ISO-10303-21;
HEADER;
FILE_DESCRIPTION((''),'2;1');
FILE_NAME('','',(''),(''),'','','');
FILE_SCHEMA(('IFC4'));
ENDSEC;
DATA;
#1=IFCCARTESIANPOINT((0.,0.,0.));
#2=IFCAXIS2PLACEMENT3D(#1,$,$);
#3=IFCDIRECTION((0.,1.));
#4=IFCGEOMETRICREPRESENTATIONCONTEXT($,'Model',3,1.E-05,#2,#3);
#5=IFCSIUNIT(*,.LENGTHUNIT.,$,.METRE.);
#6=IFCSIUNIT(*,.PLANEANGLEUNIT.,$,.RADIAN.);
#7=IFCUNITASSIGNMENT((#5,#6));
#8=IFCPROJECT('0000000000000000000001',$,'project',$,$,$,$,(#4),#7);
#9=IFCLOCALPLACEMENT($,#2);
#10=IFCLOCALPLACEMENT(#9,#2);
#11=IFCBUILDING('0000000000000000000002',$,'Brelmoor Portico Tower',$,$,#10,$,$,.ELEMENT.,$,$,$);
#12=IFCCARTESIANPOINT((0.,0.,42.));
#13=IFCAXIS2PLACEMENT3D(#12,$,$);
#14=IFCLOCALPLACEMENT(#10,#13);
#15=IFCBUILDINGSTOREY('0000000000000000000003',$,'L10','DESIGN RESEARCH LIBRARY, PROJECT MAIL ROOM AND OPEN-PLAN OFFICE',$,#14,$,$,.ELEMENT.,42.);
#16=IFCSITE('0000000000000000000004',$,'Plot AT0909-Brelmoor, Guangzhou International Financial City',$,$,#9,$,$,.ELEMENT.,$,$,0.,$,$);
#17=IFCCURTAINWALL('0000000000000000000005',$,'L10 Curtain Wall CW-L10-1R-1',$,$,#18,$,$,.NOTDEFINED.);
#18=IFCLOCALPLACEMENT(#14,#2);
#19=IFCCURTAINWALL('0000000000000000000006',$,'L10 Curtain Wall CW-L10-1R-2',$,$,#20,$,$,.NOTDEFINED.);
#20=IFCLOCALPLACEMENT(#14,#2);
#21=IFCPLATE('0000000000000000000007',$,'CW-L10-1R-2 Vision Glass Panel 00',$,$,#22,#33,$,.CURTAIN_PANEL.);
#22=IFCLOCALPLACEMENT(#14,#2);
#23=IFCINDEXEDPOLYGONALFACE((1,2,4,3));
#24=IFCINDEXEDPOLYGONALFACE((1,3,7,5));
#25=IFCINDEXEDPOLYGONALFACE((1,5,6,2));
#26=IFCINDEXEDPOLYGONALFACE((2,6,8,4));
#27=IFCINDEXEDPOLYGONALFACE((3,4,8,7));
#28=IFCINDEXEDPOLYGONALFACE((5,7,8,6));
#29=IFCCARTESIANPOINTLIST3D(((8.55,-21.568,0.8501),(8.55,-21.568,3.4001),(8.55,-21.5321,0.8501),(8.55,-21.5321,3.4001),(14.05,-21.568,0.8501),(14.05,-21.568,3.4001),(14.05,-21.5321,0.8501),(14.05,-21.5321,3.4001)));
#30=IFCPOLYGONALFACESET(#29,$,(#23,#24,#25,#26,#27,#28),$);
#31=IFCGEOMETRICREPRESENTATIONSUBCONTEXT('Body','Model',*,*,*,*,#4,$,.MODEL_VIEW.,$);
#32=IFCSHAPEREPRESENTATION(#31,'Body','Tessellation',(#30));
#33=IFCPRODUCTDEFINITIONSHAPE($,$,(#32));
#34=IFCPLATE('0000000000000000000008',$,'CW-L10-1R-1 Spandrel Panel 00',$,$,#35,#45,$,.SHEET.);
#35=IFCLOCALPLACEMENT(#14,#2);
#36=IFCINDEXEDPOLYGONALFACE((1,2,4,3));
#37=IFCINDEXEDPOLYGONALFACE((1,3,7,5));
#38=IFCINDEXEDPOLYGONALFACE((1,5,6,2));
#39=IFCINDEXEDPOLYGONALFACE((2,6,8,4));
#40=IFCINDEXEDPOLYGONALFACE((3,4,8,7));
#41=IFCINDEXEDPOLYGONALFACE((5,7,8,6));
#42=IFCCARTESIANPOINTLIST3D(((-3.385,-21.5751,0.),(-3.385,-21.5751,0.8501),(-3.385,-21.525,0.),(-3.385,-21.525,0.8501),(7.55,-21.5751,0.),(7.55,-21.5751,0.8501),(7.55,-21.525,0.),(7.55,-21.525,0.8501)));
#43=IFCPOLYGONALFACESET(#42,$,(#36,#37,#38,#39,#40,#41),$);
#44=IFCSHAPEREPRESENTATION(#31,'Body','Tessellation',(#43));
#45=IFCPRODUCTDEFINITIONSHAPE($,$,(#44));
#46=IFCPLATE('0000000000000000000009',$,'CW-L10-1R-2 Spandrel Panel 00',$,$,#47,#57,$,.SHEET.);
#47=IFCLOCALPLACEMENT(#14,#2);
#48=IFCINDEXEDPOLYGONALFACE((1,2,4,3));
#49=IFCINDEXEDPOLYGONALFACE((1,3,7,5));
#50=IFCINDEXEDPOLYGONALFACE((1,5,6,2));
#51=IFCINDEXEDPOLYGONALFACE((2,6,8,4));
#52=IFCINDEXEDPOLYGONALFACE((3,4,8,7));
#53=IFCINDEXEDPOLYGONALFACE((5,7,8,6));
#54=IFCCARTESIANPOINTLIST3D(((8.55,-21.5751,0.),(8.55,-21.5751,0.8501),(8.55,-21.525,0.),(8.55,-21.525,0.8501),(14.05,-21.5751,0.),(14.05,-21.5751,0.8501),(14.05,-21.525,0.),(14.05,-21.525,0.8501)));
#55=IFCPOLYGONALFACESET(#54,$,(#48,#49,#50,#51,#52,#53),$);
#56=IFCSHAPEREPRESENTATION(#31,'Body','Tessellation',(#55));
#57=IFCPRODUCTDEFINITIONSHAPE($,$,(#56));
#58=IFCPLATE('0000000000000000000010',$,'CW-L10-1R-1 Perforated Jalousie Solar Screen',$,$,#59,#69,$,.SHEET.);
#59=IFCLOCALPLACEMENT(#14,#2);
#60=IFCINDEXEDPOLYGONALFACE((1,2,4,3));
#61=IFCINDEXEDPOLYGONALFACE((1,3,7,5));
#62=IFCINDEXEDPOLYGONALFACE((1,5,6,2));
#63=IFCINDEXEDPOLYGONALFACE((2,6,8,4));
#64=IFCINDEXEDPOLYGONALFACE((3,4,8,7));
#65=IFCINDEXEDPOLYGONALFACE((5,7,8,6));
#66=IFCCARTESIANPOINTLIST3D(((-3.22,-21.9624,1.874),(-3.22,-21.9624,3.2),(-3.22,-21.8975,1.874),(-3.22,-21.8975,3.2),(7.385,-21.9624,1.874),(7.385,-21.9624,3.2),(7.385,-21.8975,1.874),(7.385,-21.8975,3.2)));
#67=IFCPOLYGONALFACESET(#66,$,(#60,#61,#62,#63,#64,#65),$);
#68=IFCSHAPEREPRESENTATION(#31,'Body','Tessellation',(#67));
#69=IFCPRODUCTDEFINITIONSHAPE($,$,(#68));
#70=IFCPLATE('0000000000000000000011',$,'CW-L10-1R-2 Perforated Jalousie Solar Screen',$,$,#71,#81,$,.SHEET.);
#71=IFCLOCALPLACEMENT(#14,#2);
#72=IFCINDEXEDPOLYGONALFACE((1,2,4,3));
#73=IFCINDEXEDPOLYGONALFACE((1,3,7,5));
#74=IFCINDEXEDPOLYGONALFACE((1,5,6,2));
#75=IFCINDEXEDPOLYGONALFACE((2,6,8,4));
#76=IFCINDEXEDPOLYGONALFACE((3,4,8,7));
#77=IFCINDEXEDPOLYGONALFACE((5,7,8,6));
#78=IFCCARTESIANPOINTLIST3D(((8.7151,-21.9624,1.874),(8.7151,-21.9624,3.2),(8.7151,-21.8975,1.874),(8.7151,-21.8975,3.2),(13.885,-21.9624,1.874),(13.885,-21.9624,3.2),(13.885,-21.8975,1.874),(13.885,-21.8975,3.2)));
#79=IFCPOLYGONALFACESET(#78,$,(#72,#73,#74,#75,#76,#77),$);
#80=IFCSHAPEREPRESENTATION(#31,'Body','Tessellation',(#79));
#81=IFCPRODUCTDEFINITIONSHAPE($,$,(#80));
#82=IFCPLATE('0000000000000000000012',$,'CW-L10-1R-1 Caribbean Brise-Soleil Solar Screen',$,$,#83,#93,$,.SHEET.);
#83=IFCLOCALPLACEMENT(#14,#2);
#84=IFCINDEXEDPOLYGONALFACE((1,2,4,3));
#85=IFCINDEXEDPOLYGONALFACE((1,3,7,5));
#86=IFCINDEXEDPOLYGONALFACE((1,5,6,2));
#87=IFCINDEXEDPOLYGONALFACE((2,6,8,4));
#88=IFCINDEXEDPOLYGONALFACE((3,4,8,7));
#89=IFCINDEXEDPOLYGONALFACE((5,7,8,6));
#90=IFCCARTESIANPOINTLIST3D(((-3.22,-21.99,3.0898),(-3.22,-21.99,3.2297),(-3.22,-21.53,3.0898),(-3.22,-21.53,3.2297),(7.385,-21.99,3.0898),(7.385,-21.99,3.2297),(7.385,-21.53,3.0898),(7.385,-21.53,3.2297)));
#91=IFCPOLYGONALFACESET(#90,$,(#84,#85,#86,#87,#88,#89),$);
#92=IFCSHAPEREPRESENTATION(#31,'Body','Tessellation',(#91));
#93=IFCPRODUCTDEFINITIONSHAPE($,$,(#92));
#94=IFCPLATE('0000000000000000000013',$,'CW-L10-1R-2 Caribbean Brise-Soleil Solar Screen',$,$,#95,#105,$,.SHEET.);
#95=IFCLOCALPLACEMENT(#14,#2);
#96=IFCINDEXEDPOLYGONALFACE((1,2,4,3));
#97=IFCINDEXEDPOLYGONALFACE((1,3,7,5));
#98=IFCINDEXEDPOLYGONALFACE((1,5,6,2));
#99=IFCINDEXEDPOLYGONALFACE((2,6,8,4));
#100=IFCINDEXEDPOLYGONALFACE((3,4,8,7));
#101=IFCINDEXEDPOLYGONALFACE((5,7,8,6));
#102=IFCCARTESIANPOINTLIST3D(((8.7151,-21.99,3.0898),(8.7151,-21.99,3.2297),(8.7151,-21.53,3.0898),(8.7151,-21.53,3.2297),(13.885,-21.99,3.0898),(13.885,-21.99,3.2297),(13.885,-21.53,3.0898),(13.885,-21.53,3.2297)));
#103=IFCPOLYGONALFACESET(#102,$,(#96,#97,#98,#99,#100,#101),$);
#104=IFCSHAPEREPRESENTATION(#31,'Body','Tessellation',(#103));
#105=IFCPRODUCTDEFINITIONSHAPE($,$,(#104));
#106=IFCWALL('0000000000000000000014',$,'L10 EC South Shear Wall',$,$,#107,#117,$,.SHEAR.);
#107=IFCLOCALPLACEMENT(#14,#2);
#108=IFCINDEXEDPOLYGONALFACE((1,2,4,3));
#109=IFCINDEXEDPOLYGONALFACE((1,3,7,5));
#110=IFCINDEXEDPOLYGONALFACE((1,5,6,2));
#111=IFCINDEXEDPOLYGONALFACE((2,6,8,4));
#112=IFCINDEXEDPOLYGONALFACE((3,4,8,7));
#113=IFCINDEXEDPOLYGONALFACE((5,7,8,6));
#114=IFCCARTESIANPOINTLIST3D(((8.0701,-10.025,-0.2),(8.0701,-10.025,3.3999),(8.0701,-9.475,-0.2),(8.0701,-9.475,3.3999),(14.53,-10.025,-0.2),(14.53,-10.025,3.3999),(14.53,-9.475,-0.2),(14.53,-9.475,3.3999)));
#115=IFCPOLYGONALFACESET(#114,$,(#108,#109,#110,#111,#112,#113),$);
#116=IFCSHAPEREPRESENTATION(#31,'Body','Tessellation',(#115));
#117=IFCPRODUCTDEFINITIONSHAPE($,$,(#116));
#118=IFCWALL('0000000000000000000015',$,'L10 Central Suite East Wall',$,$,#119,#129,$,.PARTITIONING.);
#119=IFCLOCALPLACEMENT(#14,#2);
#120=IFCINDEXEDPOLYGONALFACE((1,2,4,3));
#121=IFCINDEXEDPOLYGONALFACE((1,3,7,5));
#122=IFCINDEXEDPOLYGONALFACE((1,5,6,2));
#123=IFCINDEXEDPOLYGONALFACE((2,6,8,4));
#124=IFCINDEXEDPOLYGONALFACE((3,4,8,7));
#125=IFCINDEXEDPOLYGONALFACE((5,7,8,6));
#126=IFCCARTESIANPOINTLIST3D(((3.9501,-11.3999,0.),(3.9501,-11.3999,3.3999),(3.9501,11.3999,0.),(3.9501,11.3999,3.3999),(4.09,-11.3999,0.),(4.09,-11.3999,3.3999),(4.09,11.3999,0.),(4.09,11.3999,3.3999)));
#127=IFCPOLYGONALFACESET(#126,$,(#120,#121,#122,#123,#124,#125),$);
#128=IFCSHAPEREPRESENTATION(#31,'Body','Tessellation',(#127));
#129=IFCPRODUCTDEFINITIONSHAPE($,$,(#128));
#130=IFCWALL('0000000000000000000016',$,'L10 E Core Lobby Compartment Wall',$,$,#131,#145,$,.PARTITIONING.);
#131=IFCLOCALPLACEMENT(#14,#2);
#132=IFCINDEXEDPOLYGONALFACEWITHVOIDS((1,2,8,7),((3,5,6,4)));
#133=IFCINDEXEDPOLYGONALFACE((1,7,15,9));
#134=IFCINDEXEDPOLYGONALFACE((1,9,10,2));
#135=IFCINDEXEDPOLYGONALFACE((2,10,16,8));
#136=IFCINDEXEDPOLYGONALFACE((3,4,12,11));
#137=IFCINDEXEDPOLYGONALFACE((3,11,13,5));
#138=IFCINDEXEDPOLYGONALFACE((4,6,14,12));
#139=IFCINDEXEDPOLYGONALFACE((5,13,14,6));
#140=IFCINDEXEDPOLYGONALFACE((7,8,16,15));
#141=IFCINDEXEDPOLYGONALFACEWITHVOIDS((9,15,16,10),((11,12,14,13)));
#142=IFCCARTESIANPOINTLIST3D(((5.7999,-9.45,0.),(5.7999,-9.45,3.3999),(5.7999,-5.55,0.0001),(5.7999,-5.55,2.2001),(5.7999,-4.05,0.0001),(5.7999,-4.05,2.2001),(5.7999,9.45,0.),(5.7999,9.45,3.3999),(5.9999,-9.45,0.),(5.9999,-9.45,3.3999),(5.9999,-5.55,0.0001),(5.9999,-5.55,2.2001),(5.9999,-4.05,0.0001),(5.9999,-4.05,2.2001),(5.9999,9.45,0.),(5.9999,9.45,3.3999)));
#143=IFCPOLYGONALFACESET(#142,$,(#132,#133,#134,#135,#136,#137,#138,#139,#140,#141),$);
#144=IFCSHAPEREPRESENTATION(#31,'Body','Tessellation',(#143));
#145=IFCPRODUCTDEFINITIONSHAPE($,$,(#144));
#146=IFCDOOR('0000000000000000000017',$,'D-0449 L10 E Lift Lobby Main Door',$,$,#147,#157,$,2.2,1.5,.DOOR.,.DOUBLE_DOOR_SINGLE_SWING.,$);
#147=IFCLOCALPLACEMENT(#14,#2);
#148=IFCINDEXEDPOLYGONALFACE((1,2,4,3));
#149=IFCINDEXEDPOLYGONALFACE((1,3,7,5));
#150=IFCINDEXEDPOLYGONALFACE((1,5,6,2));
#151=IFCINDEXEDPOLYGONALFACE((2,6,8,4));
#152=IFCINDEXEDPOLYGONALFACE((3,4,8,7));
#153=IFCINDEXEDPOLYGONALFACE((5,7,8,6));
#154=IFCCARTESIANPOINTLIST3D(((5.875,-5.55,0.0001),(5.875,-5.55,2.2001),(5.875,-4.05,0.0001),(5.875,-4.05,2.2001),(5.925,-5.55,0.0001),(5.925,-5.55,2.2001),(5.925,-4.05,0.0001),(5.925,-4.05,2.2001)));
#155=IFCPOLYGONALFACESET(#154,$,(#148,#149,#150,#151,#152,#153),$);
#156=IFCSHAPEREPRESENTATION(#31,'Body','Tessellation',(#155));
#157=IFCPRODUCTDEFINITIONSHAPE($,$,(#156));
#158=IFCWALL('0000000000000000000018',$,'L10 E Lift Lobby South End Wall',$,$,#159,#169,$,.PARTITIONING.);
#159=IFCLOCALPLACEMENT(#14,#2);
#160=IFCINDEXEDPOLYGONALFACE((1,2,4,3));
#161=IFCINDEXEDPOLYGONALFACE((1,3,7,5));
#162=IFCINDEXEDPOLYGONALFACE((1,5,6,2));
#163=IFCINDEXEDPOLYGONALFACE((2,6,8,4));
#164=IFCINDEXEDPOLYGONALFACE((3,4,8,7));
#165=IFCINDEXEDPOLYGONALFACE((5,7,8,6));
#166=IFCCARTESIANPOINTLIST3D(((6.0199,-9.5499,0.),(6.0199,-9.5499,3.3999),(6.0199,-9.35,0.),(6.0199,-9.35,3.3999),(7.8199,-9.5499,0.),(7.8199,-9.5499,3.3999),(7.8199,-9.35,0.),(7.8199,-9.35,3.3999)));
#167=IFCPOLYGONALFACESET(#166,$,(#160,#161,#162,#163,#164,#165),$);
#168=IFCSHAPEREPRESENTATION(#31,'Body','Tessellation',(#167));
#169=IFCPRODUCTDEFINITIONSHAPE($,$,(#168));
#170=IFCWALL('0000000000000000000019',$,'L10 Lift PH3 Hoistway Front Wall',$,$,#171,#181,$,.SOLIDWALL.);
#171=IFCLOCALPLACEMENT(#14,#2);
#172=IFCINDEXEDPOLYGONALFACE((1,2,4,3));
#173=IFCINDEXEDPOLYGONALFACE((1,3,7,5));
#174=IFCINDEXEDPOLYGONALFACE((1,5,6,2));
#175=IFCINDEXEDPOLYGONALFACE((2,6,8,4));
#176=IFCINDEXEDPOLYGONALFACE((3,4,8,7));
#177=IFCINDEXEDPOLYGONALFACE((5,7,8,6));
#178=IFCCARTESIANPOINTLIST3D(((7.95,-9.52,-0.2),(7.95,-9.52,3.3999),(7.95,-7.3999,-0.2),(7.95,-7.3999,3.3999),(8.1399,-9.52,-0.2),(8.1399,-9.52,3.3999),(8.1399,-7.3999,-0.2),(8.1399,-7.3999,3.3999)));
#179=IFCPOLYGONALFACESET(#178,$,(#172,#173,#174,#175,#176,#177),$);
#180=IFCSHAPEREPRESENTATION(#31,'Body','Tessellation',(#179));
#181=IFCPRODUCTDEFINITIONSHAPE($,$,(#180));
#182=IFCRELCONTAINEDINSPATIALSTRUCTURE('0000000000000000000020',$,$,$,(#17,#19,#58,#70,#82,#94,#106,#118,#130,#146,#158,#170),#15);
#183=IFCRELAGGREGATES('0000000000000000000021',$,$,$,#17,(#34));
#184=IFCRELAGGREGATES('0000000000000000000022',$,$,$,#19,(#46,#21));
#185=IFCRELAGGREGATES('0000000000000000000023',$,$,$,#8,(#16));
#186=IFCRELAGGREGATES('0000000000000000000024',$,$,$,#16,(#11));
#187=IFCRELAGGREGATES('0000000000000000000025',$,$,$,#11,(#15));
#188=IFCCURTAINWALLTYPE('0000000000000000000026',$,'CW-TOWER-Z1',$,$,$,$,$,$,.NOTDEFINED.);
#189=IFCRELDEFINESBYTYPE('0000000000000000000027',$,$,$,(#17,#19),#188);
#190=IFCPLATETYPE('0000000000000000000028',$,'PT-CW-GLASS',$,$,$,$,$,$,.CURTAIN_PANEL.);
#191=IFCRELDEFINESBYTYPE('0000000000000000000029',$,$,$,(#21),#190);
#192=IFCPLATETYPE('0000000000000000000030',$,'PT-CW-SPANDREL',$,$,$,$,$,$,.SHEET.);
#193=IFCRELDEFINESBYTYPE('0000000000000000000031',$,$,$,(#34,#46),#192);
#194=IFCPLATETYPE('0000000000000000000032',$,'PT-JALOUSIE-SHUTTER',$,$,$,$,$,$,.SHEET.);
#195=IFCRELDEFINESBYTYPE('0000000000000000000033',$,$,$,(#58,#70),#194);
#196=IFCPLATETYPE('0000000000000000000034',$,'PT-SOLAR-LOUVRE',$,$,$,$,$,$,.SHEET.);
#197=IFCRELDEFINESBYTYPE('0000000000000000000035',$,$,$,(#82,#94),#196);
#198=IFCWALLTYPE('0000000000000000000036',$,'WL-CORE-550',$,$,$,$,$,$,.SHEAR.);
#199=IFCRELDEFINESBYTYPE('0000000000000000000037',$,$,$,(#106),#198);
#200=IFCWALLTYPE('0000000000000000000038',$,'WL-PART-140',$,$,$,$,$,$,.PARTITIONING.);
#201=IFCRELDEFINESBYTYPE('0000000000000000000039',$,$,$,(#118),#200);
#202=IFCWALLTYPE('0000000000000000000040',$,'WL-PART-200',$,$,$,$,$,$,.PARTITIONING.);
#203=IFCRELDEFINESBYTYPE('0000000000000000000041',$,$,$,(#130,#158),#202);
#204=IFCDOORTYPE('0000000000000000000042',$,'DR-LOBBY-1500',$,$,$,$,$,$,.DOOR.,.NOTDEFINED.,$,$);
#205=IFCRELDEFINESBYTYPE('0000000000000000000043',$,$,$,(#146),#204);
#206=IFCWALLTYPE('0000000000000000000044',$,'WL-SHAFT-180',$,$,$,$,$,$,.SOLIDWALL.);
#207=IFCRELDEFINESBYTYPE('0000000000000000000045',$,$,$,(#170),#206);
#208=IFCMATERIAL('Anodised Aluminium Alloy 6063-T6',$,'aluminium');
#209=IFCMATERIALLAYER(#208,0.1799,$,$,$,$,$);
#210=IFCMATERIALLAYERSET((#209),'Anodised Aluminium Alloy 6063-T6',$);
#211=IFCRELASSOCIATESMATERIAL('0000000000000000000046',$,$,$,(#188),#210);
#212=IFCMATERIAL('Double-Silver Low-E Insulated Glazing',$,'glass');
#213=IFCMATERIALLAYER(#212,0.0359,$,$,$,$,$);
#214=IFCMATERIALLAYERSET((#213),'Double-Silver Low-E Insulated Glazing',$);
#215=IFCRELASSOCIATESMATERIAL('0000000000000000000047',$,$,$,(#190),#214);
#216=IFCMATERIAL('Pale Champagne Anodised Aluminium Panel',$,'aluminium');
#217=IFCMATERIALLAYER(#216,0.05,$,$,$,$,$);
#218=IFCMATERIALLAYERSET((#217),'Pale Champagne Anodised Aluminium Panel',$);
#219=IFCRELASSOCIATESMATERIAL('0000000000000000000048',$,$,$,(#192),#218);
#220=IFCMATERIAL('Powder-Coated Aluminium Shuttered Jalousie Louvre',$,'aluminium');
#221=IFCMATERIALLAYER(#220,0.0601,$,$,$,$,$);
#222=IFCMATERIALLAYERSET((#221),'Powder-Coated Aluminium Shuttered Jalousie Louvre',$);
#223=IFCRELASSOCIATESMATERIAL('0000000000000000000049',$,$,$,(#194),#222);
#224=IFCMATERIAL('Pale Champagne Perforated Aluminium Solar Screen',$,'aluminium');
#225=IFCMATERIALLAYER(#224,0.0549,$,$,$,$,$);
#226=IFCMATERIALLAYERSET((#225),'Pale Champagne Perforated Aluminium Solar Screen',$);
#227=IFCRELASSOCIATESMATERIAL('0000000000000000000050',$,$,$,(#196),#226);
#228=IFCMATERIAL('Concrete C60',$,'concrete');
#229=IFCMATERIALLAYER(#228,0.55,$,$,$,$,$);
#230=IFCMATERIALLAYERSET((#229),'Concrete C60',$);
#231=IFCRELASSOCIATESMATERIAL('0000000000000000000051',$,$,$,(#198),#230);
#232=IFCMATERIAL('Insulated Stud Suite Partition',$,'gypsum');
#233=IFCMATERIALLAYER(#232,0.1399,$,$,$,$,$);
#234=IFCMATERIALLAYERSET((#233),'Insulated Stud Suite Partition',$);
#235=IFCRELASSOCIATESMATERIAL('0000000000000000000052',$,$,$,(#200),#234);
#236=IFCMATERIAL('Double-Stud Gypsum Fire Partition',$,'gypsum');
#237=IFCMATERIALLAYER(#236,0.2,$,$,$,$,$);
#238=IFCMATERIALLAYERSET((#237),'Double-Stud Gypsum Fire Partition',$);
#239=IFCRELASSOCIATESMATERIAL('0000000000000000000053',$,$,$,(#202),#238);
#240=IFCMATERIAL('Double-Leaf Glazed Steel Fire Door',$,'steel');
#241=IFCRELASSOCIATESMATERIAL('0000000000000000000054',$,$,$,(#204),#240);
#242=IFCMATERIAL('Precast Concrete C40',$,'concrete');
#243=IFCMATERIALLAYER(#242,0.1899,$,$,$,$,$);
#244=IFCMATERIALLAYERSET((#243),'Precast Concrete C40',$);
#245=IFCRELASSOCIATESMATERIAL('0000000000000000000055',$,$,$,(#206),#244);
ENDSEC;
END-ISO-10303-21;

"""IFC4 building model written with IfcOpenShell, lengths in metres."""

from ifc_helpers import new_model, si_unit, direction, frame, frame_2d, origin, origin_2d, place, context, subcontext, project, spatial, rectangle, extrude, material, layer, layer_set, type_object, element, fill, aggregate, save


model = new_model("IFC4")

# Units and contexts
model_context = context("Model", 3, precision=1e-05, world=origin(), true_north=direction((0.0, 1.0)))
body_context = subcontext(model_context, "Body", "Model", "MODEL_VIEW")
ifc_project = project(units=[si_unit("LENGTHUNIT", "METRE"), si_unit("PLANEANGLEUNIT", "RADIAN")], contexts=[model_context])

# Site, building, storey
site_placement = place(None, origin())
site = spatial("IfcSite", under=ifc_project, at=site_placement, Name="Plot AT0909-Brelmoor, Guangzhou International Financial City", CompositionType="ELEMENT", RefElevation=0.0)
building_placement = place(site_placement, origin())
building = spatial("IfcBuilding", under=site, at=building_placement, Name="Brelmoor Portico Tower", CompositionType="ELEMENT")
storey_placement = place(building_placement, frame((0.0, 0.0, 42.0)))
storey = spatial("IfcBuildingStorey", under=building, at=storey_placement, Name="L10", Description="DESIGN RESEARCH LIBRARY, PROJECT MAIL ROOM AND OPEN-PLAN OFFICE", CompositionType="ELEMENT", Elevation=42.0)

# Curtain wall
ifc_material_1 = material(Name="Anodised Aluminium Alloy 6063-T6", Category="aluminium")
ifc_layer_1 = layer(ifc_material_1, 0.1799)
ifc_layer_set_1 = layer_set([ifc_layer_1], Name="Anodised Aluminium Alloy 6063-T6")
curtain_wall_type = type_object("IfcCurtainWallType", Name="CW-TOWER-Z1", PredefinedType="NOTDEFINED", material=ifc_layer_set_1)
curtain_wall_1_placement = place(storey_placement, origin())
curtain_wall_1 = element("IfcCurtainWall", 1, at=curtain_wall_1_placement, inside=storey, type_object=curtain_wall_type, Name="L10 Curtain Wall CW-L10-1R-1", PredefinedType="NOTDEFINED")

# Curtain wall
curtain_wall_2_placement = place(storey_placement, origin())
curtain_wall_2 = element("IfcCurtainWall", 2, at=curtain_wall_2_placement, inside=storey, type_object=curtain_wall_type, Name="L10 Curtain Wall CW-L10-1R-2", PredefinedType="NOTDEFINED")

# Plates
ifc_material_2 = material(Name="Double-Silver Low-E Insulated Glazing", Category="glass")
ifc_layer_2 = layer(ifc_material_2, 0.0359)
ifc_layer_set_2 = layer_set([ifc_layer_2], Name="Double-Silver Low-E Insulated Glazing")
plate_type_1 = type_object("IfcPlateType", Name="PT-CW-GLASS", PredefinedType="CURTAIN_PANEL", material=ifc_layer_set_2)
plate_1_placement = place(storey_placement, frame((11.3, -21.55, 0.8501), z_axis=(0.0, 0.0, 1.0), x_axis=(1.0, 0.0, 0.0)))
plate_1 = element("IfcPlate", 3, at=plate_1_placement, type_object=plate_type_1, Name="CW-L10-1R-2 Vision Glass Panel 00", PredefinedType="CURTAIN_PANEL", context=body_context, shape_type="SweptSolid", body=[
    extrude(rectangle(XDim=5.5, YDim=0.0359, at=origin_2d()), origin(), (0.0, 0.0, 1.0), 2.55),
])
ifc_material_3 = material(Name="Pale Champagne Anodised Aluminium Panel", Category="aluminium")
ifc_layer_3 = layer(ifc_material_3, 0.05)
ifc_layer_set_3 = layer_set([ifc_layer_3], Name="Pale Champagne Anodised Aluminium Panel")
plate_type_2 = type_object("IfcPlateType", Name="PT-CW-SPANDREL", PredefinedType="SHEET", material=ifc_layer_set_3)
plate_2_placement = place(storey_placement, frame((2.0825, -21.55, 0.0), z_axis=(0.0, 0.0, 1.0), x_axis=(1.0, 0.0, 0.0)))
plate_2 = element("IfcPlate", 4, at=plate_2_placement, type_object=plate_type_2, Name="CW-L10-1R-1 Spandrel Panel 00", PredefinedType="SHEET", context=body_context, shape_type="SweptSolid", body=[
    extrude(rectangle(XDim=10.9351, YDim=0.05, at=origin_2d()), origin(), (0.0, 0.0, 1.0), 0.8501),
])
aggregate(curtain_wall_1, [plate_2])
plate_3_placement = place(storey_placement, frame((11.3, -21.55, 0.0), z_axis=(0.0, 0.0, 1.0), x_axis=(1.0, 0.0, 0.0)))
plate_3 = element("IfcPlate", 5, at=plate_3_placement, type_object=plate_type_2, Name="CW-L10-1R-2 Spandrel Panel 00", PredefinedType="SHEET", context=body_context, shape_type="SweptSolid", body=[
    extrude(rectangle(XDim=5.5, YDim=0.05, at=origin_2d()), origin(), (0.0, 0.0, 1.0), 0.8501),
])
aggregate(curtain_wall_2, [plate_3, plate_1])

# Plates
ifc_material_4 = material(Name="Powder-Coated Aluminium Shuttered Jalousie Louvre", Category="aluminium")
ifc_layer_4 = layer(ifc_material_4, 0.0601)
ifc_layer_set_4 = layer_set([ifc_layer_4], Name="Powder-Coated Aluminium Shuttered Jalousie Louvre")
plate_type_3 = type_object("IfcPlateType", Name="PT-JALOUSIE-SHUTTER", PredefinedType="SHEET", material=ifc_layer_set_4)
plate_4_placement = place(storey_placement, frame((2.0825, -21.9299, 1.874), z_axis=(0.0, 0.0, 1.0), x_axis=(1.0, 0.0, 0.0)))
element("IfcPlate", 6, at=plate_4_placement, inside=storey, type_object=plate_type_3, Name="CW-L10-1R-1 Perforated Jalousie Solar Screen", PredefinedType="SHEET", context=body_context, shape_type="SweptSolid", body=[
    extrude(rectangle(XDim=10.605, YDim=0.0649, at=origin_2d()), origin(), (0.0, 0.0, 1.0), 1.3259),
])
plate_5_placement = place(storey_placement, frame((11.3, -21.9299, 1.874), z_axis=(0.0, 0.0, 1.0), x_axis=(1.0, 0.0, 0.0)))
element("IfcPlate", 7, at=plate_5_placement, inside=storey, type_object=plate_type_3, Name="CW-L10-1R-2 Perforated Jalousie Solar Screen", PredefinedType="SHEET", context=body_context, shape_type="SweptSolid", body=[
    extrude(rectangle(XDim=5.1699, YDim=0.0649, at=origin_2d()), origin(), (0.0, 0.0, 1.0), 1.3259),
])
ifc_material_5 = material(Name="Pale Champagne Perforated Aluminium Solar Screen", Category="aluminium")
ifc_layer_5 = layer(ifc_material_5, 0.0549)
ifc_layer_set_5 = layer_set([ifc_layer_5], Name="Pale Champagne Perforated Aluminium Solar Screen")
plate_type_4 = type_object("IfcPlateType", Name="PT-SOLAR-LOUVRE", PredefinedType="SHEET", material=ifc_layer_set_5)
plate_6_placement = place(storey_placement, frame((2.0825, -21.76, 3.0898), z_axis=(0.0, 0.0, 1.0), x_axis=(1.0, 0.0, 0.0)))
element("IfcPlate", 8, at=plate_6_placement, inside=storey, type_object=plate_type_4, Name="CW-L10-1R-1 Caribbean Brise-Soleil Solar Screen", PredefinedType="SHEET", context=body_context, shape_type="SweptSolid", body=[
    extrude(rectangle(XDim=10.605, YDim=0.46, at=origin_2d()), origin(), (0.0, 0.0, 1.0), 0.1399),
])
plate_7_placement = place(storey_placement, frame((11.3, -21.76, 3.0898), z_axis=(0.0, 0.0, 1.0), x_axis=(1.0, 0.0, 0.0)))
element("IfcPlate", 9, at=plate_7_placement, inside=storey, type_object=plate_type_4, Name="CW-L10-1R-2 Caribbean Brise-Soleil Solar Screen", PredefinedType="SHEET", context=body_context, shape_type="SweptSolid", body=[
    extrude(rectangle(XDim=5.1699, YDim=0.46, at=origin_2d()), origin(), (0.0, 0.0, 1.0), 0.1399),
])

# Walls
ifc_material_6 = material(Name="Concrete C60", Category="concrete")
ifc_layer_6 = layer(ifc_material_6, 0.55)
ifc_layer_set_6 = layer_set([ifc_layer_6], Name="Concrete C60")
wall_type_1 = type_object("IfcWallType", Name="WL-CORE-550", PredefinedType="SHEAR", material=ifc_layer_set_6)
wall_1_placement = place(storey_placement, frame((8.0701, -9.75, -0.2), z_axis=(0.0, 0.0, 1.0), x_axis=(1.0, 0.0, 0.0)))
element("IfcWall", 10, at=wall_1_placement, inside=storey, type_object=wall_type_1, Name="L10 EC South Shear Wall", PredefinedType="SHEAR", context=body_context, shape_type="SweptSolid", body=[
    extrude(rectangle(XDim=6.46, YDim=0.55, at=frame_2d((3.23, 0.0))), origin(), (0.0, 0.0, 1.0), 3.5999),
])
ifc_material_7 = material(Name="Insulated Stud Suite Partition", Category="gypsum")
ifc_layer_7 = layer(ifc_material_7, 0.1399)
ifc_layer_set_7 = layer_set([ifc_layer_7], Name="Insulated Stud Suite Partition")
wall_type_2 = type_object("IfcWallType", Name="WL-PART-140", PredefinedType="PARTITIONING", material=ifc_layer_set_7)
wall_2_placement = place(storey_placement, frame((4.02, -11.3999, 0.0), z_axis=(0.0, 0.0, 1.0), x_axis=(0.0, 1.0, 0.0)))
element("IfcWall", 11, at=wall_2_placement, inside=storey, type_object=wall_type_2, Name="L10 Central Suite East Wall", PredefinedType="PARTITIONING", context=body_context, shape_type="SweptSolid", body=[
    extrude(rectangle(XDim=22.7998, YDim=0.1399, at=frame_2d((11.3999, 0.0))), origin(), (0.0, 0.0, 1.0), 3.3999),
])

# Wall, opening, door
ifc_material_8 = material(Name="Double-Stud Gypsum Fire Partition", Category="gypsum")
ifc_layer_8 = layer(ifc_material_8, 0.2)
ifc_layer_set_8 = layer_set([ifc_layer_8], Name="Double-Stud Gypsum Fire Partition")
wall_type_3 = type_object("IfcWallType", Name="WL-PART-200", PredefinedType="PARTITIONING", material=ifc_layer_set_8)
wall_3_placement = place(storey_placement, frame((5.8999, -9.45, 0.0), z_axis=(0.0, 0.0, 1.0), x_axis=(0.0, 1.0, 0.0)))
wall_3 = element("IfcWall", 12, at=wall_3_placement, inside=storey, type_object=wall_type_3, Name="L10 E Core Lobby Compartment Wall", PredefinedType="PARTITIONING", context=body_context, shape_type="SweptSolid", body=[
    extrude(rectangle(XDim=18.8999, YDim=0.2, at=frame_2d((9.45, 0.0))), origin(), (0.0, 0.0, 1.0), 3.3999),
])
opening_1_placement = place(wall_3_placement, frame((3.8999, 0.0, 0.0)))
opening_1 = element("IfcOpeningElement", 13, at=opening_1_placement, cuts=wall_3, PredefinedType="OPENING", context=body_context, shape_type="SweptSolid", body=[
    extrude(rectangle(XDim=1.5, YDim=2.2, at=frame_2d((0.75, 1.1001))), frame((0.0, 0.1099, 0.0), z_axis=(0.0, -1.0, 0.0), x_axis=(1.0, 0.0, 0.0)), (0.0, 0.0, 1.0), 0.22),
])
ifc_material_9 = material(Name="Double-Leaf Glazed Steel Fire Door", Category="steel")
door_type_1 = type_object("IfcDoorType", Name="DR-LOBBY-1500", OperationType="NOTDEFINED", PredefinedType="DOOR", material=ifc_material_9)
door_1_placement = place(opening_1_placement, origin())
door_1 = element("IfcDoor", 14, at=door_1_placement, inside=storey, type_object=door_type_1, Name="D-0449 L10 E Lift Lobby Main Door", OperationType="DOUBLE_DOOR_SINGLE_SWING", OverallHeight=2.2, OverallWidth=1.5, PredefinedType="DOOR", context=body_context, shape_type="SweptSolid", body=[
    extrude(rectangle(XDim=1.5, YDim=2.2, at=frame_2d((0.75, 1.1001))), frame((0.0, 0.0249, 0.0), z_axis=(0.0, -1.0, 0.0), x_axis=(1.0, 0.0, 0.0)), (0.0, 0.0, 1.0), 0.05),
])
fill(opening_1, door_1)

# Walls
wall_4_placement = place(storey_placement, frame((6.02, -9.45, 0.0), z_axis=(0.0, 0.0, 1.0), x_axis=(1.0, 0.0, 0.0)))
element("IfcWall", 15, at=wall_4_placement, inside=storey, type_object=wall_type_3, Name="L10 E Lift Lobby South End Wall", PredefinedType="PARTITIONING", context=body_context, shape_type="SweptSolid", body=[
    extrude(rectangle(XDim=1.8, YDim=0.2, at=frame_2d((0.8999, 0.0))), origin(), (0.0, 0.0, 1.0), 3.3999),
])
ifc_material_10 = material(Name="Precast Concrete C40", Category="concrete")
ifc_layer_9 = layer(ifc_material_10, 0.1899)
ifc_layer_set_9 = layer_set([ifc_layer_9], Name="Precast Concrete C40")
wall_type_4 = type_object("IfcWallType", Name="WL-SHAFT-180", PredefinedType="SOLIDWALL", material=ifc_layer_set_9)
for number, where, z_axis, x_axis, name in (
    (16, (8.0449, -9.52, -0.2), (0.0, 0.0, 1.0), (0.0, 1.0, 0.0), "L10 Lift PH3 Hoistway Front Wall"),
):
    element("IfcWall", number, at=place(storey_placement, frame(where, z_axis=z_axis, x_axis=x_axis)), inside=storey, type_object=wall_type_4, Name=name, PredefinedType="SOLIDWALL", context=body_context, shape_type="SweptSolid", body=[
        extrude(rectangle(XDim=2.1201, YDim=0.1899, at=frame_2d((1.0601, 0.0))), origin(), (0.0, 0.0, 1.0), 3.5999),
    ])

save(model, "model.ifc")
